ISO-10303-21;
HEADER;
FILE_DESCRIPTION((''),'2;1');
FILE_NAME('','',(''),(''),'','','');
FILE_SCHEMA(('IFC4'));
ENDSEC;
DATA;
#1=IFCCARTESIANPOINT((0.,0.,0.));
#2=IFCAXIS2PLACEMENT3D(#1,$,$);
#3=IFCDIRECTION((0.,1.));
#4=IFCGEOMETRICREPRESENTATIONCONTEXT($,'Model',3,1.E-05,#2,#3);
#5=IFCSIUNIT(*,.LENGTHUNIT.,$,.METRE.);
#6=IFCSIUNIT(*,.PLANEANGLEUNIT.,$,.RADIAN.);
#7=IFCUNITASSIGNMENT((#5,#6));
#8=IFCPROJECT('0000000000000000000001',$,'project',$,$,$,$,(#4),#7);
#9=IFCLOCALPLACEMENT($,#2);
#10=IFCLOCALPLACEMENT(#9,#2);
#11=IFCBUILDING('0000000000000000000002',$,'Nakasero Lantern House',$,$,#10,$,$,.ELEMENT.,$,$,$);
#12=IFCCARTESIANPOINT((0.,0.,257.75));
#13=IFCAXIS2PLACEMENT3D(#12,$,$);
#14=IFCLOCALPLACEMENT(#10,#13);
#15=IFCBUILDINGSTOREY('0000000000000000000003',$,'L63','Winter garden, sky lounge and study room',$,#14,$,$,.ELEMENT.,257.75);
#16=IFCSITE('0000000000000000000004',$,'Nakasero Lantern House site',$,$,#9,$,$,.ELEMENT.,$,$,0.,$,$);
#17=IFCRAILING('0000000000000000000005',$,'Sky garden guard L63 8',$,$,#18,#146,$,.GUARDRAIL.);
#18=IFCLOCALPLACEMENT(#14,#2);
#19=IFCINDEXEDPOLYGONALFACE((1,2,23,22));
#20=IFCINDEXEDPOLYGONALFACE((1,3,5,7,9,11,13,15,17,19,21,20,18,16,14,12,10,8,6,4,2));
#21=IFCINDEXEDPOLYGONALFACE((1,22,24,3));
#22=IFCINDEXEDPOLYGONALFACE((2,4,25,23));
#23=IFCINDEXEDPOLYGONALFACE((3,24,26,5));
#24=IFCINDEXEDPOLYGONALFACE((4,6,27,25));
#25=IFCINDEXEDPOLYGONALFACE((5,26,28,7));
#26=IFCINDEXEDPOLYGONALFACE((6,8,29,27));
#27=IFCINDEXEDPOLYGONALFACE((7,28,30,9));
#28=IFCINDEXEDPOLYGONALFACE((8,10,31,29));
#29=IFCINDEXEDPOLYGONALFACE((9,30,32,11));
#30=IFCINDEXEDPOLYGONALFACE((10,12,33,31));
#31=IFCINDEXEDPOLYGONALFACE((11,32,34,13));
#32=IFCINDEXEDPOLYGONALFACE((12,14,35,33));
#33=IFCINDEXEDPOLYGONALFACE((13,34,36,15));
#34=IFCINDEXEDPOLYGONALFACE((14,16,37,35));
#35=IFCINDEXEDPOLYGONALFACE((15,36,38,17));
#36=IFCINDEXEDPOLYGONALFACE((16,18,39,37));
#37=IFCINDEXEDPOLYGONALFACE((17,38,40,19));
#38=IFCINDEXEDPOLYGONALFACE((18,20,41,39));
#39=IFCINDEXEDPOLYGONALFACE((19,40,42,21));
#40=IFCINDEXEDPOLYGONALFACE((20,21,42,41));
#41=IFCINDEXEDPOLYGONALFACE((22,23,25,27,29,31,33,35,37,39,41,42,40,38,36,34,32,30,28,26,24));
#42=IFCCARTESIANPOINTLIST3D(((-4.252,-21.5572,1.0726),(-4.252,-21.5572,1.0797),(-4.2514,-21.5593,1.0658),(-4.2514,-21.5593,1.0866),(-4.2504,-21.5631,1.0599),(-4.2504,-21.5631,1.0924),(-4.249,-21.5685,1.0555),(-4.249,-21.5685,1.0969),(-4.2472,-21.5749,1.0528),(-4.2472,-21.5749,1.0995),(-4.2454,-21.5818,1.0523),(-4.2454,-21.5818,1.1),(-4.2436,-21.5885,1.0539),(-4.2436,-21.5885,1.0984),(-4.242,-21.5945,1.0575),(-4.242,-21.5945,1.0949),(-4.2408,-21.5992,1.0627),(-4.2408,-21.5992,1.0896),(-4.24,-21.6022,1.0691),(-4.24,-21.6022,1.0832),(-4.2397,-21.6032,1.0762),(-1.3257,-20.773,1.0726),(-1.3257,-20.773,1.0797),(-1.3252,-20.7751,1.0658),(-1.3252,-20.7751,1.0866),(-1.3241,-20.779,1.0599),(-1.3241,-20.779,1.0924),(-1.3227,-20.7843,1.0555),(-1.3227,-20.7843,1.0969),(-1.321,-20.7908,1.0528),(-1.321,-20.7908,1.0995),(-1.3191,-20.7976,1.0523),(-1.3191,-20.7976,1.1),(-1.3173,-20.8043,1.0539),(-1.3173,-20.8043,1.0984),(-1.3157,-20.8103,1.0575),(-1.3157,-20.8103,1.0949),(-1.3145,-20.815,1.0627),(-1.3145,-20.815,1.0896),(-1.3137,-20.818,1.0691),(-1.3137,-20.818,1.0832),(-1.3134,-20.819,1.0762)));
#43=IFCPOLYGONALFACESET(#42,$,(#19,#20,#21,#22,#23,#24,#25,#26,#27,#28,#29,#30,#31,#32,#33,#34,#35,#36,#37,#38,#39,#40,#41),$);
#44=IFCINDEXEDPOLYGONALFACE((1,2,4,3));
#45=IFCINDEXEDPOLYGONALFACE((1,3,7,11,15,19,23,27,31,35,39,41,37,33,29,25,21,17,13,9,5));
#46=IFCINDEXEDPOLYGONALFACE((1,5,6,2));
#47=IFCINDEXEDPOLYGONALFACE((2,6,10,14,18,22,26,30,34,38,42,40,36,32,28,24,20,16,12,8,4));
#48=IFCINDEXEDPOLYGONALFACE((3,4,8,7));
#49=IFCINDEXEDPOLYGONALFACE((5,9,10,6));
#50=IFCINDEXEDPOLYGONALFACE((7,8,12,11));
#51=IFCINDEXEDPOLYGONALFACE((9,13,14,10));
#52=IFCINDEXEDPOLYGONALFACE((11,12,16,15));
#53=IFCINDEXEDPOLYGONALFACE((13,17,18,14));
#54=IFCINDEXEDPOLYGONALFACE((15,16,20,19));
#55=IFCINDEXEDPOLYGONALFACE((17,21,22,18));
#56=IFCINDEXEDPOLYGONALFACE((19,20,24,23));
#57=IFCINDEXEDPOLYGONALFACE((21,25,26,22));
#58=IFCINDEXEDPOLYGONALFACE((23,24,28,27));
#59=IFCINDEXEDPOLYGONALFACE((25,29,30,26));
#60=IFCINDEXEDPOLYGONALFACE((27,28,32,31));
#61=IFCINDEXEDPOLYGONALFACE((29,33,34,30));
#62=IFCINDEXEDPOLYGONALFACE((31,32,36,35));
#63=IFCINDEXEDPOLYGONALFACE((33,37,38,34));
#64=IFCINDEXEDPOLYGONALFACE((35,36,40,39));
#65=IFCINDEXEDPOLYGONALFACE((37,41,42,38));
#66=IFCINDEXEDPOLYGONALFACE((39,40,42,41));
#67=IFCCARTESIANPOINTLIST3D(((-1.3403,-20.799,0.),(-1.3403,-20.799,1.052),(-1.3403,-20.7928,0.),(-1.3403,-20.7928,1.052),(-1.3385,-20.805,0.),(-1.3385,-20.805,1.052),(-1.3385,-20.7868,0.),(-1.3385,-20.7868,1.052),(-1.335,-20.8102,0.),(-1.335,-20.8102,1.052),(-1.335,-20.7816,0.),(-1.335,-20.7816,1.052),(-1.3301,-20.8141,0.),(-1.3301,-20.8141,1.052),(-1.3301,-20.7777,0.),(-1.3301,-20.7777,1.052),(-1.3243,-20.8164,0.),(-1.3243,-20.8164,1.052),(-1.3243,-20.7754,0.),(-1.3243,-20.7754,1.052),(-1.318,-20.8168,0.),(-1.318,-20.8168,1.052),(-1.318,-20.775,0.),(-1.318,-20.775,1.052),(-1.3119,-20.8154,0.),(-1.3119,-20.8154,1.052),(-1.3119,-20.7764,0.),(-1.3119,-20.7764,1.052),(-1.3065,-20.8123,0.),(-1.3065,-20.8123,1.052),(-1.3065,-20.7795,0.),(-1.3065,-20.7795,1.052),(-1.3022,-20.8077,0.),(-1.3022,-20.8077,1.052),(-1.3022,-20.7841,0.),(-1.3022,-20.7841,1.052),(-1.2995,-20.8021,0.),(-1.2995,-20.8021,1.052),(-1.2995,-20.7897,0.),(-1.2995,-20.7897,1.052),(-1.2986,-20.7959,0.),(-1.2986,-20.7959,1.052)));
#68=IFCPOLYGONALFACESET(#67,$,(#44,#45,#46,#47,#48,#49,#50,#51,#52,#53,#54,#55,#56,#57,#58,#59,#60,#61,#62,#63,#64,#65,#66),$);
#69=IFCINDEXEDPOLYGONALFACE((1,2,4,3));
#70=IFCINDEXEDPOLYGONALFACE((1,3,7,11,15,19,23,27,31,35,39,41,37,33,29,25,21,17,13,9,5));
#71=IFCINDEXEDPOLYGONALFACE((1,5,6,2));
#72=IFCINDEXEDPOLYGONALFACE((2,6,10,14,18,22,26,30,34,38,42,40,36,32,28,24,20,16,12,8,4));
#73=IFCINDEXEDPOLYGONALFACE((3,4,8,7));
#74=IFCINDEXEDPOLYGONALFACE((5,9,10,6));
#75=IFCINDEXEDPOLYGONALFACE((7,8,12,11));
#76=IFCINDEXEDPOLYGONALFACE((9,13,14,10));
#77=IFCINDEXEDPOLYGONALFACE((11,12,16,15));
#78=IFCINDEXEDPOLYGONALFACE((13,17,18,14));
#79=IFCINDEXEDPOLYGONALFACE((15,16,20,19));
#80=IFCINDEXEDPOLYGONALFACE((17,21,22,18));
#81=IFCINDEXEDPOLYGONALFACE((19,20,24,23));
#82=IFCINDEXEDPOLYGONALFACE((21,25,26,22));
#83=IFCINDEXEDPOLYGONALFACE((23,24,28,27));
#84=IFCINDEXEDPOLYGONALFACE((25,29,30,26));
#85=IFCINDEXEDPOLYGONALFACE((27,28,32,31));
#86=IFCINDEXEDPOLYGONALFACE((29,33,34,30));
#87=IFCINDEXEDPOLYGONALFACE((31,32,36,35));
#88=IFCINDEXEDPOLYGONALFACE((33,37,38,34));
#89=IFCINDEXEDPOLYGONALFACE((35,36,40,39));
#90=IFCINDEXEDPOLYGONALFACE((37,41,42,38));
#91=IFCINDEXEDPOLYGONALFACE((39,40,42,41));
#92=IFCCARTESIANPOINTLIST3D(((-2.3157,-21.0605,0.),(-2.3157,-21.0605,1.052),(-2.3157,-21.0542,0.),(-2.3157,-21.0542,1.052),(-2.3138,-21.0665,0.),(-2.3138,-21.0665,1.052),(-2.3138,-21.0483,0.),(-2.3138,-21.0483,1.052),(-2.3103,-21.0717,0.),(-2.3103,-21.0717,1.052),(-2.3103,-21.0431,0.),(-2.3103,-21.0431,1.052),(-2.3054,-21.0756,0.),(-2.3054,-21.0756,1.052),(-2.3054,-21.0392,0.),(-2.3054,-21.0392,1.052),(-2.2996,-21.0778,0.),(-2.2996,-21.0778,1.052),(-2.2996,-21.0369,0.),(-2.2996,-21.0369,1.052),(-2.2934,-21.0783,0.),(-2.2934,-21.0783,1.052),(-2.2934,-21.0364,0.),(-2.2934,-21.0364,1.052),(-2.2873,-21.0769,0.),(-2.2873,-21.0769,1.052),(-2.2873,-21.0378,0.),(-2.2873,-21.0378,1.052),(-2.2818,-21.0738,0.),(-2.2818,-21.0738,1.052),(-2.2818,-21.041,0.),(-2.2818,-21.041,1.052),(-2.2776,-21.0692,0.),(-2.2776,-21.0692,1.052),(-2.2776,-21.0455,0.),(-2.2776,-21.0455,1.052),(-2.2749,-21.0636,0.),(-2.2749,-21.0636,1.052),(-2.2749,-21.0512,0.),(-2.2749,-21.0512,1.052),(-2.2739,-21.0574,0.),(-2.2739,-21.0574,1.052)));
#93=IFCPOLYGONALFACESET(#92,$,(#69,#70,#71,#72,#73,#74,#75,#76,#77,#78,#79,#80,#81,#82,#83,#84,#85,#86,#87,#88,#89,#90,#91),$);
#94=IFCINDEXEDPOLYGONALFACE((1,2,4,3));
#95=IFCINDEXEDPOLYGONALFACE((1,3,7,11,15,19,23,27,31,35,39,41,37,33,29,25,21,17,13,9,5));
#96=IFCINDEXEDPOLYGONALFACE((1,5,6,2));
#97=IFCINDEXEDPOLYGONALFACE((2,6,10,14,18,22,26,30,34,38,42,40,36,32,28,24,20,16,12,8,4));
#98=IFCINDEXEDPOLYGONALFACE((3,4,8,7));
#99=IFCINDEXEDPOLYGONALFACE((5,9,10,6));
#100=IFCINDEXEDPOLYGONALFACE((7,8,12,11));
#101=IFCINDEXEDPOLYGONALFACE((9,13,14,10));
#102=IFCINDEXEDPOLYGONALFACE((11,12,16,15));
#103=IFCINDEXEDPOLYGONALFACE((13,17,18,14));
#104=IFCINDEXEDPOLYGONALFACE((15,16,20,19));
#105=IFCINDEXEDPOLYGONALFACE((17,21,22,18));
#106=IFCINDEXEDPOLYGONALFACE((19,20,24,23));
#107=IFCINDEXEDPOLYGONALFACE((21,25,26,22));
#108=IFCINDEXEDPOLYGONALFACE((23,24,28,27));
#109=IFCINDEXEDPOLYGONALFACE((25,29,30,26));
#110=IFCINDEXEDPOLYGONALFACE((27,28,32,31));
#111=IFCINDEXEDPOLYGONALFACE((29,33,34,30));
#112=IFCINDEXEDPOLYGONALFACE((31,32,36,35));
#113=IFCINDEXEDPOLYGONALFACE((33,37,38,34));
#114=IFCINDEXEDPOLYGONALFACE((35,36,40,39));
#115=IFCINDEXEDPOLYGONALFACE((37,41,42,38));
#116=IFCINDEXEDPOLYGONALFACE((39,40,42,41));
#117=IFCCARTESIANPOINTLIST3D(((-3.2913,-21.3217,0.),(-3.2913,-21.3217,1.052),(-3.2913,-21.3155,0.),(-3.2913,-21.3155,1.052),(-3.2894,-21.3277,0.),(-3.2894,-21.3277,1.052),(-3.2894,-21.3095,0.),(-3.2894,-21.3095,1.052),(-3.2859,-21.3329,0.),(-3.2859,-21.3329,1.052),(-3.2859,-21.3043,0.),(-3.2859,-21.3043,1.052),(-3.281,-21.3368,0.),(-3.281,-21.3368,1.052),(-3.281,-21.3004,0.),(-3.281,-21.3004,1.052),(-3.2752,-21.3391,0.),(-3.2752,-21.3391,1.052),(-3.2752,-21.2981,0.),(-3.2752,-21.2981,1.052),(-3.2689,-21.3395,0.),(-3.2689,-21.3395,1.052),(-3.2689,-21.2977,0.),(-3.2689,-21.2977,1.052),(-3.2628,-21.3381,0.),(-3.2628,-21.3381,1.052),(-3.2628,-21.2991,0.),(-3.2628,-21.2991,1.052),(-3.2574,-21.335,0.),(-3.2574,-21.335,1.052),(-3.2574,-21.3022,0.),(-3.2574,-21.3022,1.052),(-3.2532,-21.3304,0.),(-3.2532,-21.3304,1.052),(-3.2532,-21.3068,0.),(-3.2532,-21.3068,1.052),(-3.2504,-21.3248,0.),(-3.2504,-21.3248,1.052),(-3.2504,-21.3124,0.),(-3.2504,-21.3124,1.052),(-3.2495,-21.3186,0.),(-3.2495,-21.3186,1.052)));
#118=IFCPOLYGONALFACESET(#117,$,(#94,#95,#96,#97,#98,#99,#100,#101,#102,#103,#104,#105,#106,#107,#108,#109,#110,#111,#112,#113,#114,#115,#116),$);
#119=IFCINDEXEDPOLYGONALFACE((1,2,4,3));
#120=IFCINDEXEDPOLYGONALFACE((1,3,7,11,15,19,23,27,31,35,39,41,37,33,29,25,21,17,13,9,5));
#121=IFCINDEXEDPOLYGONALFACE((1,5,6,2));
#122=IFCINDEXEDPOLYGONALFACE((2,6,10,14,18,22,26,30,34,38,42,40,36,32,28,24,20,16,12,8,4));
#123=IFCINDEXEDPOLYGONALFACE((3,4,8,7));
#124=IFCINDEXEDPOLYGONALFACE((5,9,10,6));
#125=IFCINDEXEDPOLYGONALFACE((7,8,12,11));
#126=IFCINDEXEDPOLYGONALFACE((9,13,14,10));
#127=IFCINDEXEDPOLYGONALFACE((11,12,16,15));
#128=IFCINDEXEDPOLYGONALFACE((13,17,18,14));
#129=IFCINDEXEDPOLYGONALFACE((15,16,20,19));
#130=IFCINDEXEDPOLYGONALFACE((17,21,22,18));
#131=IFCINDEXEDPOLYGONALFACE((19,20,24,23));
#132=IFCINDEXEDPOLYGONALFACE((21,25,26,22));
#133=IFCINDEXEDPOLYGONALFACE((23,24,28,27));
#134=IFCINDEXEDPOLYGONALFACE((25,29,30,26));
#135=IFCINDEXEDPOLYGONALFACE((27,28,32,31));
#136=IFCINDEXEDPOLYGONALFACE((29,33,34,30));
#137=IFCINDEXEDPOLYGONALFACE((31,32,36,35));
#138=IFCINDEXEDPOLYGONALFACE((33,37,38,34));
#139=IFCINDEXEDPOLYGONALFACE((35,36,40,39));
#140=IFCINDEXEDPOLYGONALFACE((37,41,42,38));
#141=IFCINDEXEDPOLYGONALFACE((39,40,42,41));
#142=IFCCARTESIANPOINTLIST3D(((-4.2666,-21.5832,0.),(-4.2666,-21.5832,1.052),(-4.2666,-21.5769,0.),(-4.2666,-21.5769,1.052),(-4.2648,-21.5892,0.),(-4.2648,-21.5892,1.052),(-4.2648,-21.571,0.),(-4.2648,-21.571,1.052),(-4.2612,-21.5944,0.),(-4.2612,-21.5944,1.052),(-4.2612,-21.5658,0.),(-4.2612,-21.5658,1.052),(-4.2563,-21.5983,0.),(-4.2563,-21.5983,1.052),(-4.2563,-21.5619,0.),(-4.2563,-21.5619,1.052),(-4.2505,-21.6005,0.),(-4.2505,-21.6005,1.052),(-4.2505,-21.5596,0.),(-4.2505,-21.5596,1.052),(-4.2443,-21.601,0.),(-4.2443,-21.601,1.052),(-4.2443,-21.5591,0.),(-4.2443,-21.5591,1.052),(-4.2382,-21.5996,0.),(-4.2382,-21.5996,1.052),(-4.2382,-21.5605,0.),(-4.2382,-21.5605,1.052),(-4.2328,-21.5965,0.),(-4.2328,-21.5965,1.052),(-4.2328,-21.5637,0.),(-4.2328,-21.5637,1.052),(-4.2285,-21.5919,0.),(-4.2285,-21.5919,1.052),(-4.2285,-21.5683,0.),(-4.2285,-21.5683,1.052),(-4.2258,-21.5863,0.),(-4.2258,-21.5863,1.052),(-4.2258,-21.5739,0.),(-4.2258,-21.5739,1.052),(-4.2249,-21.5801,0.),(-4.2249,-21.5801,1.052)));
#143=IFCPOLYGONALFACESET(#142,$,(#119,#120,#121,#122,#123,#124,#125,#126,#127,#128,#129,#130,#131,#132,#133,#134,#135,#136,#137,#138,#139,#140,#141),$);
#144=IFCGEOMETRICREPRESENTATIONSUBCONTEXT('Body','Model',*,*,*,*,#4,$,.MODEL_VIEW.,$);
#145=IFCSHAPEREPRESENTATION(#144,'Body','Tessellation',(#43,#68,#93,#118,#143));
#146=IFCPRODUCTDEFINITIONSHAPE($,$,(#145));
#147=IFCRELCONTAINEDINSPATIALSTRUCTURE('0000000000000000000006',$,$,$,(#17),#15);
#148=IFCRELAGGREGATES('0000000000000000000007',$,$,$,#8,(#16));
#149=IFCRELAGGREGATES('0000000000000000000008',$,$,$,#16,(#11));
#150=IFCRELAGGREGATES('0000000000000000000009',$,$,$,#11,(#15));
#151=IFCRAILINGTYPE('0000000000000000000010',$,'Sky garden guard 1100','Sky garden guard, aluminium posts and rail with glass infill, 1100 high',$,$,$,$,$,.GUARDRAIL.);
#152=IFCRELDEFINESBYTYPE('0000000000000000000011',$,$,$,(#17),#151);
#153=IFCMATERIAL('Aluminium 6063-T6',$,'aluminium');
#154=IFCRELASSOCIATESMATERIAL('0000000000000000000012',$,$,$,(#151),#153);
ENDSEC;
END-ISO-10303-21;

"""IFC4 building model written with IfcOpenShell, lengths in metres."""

from ifc_helpers import new_model, si_unit, direction, frame, origin, origin_2d, place, context, subcontext, project, spatial, circle, extrude, material, type_object, element, save


model = new_model("IFC4")

# Units and contexts
model_context = context("Model", 3, precision=1e-05, world=origin(), true_north=direction((0.0, 1.0)))
body_context = subcontext(model_context, "Body", "Model", "MODEL_VIEW")
ifc_project = project(units=[si_unit("LENGTHUNIT", "METRE"), si_unit("PLANEANGLEUNIT", "RADIAN")], contexts=[model_context])

# Site, building, storey
site_placement = place(None, origin())
site = spatial("IfcSite", under=ifc_project, at=site_placement, Name="Nakasero Lantern House site", CompositionType="ELEMENT", RefElevation=0.0)
building_placement = place(site_placement, origin())
building = spatial("IfcBuilding", under=site, at=building_placement, Name="Nakasero Lantern House", CompositionType="ELEMENT")
storey_placement = place(building_placement, frame((0.0, 0.0, 257.75)))
storey = spatial("IfcBuildingStorey", under=building, at=storey_placement, Name="L63", Description="Winter garden, sky lounge and study room", CompositionType="ELEMENT", Elevation=257.75)

# Railing
ifc_material_1 = material(Name="Aluminium 6063-T6", Category="aluminium")
railing_type = type_object("IfcRailingType", Name="Sky garden guard 1100", Description="Sky garden guard, aluminium posts and rail with glass infill, 1100 high", PredefinedType="GUARDRAIL", material=ifc_material_1)
railing_1_placement = place(storey_placement, frame((-1.3196, -20.7959, 0.0)))
element("IfcRailing", 1, at=railing_1_placement, inside=storey, type_object=railing_type, Name="Sky garden guard L63 8", PredefinedType="GUARDRAIL", context=body_context, shape_type="SweptSolid", body=[
    extrude(circle(Radius=0.0239, at=origin_2d()), frame((0.0, 0.0, 1.0762), z_axis=(-0.965919, -0.258846, 0.0), x_axis=(0.258846, -0.965919, 0.0)), (0.0, 0.0, 1.0), 3.0295),
    extrude(circle(Radius=0.021, at=origin_2d()), origin(), (0.0, 0.0, 1.0), 1.052),
    extrude(circle(Radius=0.021, at=origin_2d()), frame((-0.9753, -0.2615, 0.0)), (0.0, 0.0, 1.0), 1.052),
    extrude(circle(Radius=0.021, at=origin_2d()), frame((-1.9509, -0.5227, 0.0)), (0.0, 0.0, 1.0), 1.052),
    extrude(circle(Radius=0.021, at=origin_2d()), frame((-2.9263, -0.7842, 0.0)), (0.0, 0.0, 1.0), 1.052),
])

save(model, "model.ifc")
